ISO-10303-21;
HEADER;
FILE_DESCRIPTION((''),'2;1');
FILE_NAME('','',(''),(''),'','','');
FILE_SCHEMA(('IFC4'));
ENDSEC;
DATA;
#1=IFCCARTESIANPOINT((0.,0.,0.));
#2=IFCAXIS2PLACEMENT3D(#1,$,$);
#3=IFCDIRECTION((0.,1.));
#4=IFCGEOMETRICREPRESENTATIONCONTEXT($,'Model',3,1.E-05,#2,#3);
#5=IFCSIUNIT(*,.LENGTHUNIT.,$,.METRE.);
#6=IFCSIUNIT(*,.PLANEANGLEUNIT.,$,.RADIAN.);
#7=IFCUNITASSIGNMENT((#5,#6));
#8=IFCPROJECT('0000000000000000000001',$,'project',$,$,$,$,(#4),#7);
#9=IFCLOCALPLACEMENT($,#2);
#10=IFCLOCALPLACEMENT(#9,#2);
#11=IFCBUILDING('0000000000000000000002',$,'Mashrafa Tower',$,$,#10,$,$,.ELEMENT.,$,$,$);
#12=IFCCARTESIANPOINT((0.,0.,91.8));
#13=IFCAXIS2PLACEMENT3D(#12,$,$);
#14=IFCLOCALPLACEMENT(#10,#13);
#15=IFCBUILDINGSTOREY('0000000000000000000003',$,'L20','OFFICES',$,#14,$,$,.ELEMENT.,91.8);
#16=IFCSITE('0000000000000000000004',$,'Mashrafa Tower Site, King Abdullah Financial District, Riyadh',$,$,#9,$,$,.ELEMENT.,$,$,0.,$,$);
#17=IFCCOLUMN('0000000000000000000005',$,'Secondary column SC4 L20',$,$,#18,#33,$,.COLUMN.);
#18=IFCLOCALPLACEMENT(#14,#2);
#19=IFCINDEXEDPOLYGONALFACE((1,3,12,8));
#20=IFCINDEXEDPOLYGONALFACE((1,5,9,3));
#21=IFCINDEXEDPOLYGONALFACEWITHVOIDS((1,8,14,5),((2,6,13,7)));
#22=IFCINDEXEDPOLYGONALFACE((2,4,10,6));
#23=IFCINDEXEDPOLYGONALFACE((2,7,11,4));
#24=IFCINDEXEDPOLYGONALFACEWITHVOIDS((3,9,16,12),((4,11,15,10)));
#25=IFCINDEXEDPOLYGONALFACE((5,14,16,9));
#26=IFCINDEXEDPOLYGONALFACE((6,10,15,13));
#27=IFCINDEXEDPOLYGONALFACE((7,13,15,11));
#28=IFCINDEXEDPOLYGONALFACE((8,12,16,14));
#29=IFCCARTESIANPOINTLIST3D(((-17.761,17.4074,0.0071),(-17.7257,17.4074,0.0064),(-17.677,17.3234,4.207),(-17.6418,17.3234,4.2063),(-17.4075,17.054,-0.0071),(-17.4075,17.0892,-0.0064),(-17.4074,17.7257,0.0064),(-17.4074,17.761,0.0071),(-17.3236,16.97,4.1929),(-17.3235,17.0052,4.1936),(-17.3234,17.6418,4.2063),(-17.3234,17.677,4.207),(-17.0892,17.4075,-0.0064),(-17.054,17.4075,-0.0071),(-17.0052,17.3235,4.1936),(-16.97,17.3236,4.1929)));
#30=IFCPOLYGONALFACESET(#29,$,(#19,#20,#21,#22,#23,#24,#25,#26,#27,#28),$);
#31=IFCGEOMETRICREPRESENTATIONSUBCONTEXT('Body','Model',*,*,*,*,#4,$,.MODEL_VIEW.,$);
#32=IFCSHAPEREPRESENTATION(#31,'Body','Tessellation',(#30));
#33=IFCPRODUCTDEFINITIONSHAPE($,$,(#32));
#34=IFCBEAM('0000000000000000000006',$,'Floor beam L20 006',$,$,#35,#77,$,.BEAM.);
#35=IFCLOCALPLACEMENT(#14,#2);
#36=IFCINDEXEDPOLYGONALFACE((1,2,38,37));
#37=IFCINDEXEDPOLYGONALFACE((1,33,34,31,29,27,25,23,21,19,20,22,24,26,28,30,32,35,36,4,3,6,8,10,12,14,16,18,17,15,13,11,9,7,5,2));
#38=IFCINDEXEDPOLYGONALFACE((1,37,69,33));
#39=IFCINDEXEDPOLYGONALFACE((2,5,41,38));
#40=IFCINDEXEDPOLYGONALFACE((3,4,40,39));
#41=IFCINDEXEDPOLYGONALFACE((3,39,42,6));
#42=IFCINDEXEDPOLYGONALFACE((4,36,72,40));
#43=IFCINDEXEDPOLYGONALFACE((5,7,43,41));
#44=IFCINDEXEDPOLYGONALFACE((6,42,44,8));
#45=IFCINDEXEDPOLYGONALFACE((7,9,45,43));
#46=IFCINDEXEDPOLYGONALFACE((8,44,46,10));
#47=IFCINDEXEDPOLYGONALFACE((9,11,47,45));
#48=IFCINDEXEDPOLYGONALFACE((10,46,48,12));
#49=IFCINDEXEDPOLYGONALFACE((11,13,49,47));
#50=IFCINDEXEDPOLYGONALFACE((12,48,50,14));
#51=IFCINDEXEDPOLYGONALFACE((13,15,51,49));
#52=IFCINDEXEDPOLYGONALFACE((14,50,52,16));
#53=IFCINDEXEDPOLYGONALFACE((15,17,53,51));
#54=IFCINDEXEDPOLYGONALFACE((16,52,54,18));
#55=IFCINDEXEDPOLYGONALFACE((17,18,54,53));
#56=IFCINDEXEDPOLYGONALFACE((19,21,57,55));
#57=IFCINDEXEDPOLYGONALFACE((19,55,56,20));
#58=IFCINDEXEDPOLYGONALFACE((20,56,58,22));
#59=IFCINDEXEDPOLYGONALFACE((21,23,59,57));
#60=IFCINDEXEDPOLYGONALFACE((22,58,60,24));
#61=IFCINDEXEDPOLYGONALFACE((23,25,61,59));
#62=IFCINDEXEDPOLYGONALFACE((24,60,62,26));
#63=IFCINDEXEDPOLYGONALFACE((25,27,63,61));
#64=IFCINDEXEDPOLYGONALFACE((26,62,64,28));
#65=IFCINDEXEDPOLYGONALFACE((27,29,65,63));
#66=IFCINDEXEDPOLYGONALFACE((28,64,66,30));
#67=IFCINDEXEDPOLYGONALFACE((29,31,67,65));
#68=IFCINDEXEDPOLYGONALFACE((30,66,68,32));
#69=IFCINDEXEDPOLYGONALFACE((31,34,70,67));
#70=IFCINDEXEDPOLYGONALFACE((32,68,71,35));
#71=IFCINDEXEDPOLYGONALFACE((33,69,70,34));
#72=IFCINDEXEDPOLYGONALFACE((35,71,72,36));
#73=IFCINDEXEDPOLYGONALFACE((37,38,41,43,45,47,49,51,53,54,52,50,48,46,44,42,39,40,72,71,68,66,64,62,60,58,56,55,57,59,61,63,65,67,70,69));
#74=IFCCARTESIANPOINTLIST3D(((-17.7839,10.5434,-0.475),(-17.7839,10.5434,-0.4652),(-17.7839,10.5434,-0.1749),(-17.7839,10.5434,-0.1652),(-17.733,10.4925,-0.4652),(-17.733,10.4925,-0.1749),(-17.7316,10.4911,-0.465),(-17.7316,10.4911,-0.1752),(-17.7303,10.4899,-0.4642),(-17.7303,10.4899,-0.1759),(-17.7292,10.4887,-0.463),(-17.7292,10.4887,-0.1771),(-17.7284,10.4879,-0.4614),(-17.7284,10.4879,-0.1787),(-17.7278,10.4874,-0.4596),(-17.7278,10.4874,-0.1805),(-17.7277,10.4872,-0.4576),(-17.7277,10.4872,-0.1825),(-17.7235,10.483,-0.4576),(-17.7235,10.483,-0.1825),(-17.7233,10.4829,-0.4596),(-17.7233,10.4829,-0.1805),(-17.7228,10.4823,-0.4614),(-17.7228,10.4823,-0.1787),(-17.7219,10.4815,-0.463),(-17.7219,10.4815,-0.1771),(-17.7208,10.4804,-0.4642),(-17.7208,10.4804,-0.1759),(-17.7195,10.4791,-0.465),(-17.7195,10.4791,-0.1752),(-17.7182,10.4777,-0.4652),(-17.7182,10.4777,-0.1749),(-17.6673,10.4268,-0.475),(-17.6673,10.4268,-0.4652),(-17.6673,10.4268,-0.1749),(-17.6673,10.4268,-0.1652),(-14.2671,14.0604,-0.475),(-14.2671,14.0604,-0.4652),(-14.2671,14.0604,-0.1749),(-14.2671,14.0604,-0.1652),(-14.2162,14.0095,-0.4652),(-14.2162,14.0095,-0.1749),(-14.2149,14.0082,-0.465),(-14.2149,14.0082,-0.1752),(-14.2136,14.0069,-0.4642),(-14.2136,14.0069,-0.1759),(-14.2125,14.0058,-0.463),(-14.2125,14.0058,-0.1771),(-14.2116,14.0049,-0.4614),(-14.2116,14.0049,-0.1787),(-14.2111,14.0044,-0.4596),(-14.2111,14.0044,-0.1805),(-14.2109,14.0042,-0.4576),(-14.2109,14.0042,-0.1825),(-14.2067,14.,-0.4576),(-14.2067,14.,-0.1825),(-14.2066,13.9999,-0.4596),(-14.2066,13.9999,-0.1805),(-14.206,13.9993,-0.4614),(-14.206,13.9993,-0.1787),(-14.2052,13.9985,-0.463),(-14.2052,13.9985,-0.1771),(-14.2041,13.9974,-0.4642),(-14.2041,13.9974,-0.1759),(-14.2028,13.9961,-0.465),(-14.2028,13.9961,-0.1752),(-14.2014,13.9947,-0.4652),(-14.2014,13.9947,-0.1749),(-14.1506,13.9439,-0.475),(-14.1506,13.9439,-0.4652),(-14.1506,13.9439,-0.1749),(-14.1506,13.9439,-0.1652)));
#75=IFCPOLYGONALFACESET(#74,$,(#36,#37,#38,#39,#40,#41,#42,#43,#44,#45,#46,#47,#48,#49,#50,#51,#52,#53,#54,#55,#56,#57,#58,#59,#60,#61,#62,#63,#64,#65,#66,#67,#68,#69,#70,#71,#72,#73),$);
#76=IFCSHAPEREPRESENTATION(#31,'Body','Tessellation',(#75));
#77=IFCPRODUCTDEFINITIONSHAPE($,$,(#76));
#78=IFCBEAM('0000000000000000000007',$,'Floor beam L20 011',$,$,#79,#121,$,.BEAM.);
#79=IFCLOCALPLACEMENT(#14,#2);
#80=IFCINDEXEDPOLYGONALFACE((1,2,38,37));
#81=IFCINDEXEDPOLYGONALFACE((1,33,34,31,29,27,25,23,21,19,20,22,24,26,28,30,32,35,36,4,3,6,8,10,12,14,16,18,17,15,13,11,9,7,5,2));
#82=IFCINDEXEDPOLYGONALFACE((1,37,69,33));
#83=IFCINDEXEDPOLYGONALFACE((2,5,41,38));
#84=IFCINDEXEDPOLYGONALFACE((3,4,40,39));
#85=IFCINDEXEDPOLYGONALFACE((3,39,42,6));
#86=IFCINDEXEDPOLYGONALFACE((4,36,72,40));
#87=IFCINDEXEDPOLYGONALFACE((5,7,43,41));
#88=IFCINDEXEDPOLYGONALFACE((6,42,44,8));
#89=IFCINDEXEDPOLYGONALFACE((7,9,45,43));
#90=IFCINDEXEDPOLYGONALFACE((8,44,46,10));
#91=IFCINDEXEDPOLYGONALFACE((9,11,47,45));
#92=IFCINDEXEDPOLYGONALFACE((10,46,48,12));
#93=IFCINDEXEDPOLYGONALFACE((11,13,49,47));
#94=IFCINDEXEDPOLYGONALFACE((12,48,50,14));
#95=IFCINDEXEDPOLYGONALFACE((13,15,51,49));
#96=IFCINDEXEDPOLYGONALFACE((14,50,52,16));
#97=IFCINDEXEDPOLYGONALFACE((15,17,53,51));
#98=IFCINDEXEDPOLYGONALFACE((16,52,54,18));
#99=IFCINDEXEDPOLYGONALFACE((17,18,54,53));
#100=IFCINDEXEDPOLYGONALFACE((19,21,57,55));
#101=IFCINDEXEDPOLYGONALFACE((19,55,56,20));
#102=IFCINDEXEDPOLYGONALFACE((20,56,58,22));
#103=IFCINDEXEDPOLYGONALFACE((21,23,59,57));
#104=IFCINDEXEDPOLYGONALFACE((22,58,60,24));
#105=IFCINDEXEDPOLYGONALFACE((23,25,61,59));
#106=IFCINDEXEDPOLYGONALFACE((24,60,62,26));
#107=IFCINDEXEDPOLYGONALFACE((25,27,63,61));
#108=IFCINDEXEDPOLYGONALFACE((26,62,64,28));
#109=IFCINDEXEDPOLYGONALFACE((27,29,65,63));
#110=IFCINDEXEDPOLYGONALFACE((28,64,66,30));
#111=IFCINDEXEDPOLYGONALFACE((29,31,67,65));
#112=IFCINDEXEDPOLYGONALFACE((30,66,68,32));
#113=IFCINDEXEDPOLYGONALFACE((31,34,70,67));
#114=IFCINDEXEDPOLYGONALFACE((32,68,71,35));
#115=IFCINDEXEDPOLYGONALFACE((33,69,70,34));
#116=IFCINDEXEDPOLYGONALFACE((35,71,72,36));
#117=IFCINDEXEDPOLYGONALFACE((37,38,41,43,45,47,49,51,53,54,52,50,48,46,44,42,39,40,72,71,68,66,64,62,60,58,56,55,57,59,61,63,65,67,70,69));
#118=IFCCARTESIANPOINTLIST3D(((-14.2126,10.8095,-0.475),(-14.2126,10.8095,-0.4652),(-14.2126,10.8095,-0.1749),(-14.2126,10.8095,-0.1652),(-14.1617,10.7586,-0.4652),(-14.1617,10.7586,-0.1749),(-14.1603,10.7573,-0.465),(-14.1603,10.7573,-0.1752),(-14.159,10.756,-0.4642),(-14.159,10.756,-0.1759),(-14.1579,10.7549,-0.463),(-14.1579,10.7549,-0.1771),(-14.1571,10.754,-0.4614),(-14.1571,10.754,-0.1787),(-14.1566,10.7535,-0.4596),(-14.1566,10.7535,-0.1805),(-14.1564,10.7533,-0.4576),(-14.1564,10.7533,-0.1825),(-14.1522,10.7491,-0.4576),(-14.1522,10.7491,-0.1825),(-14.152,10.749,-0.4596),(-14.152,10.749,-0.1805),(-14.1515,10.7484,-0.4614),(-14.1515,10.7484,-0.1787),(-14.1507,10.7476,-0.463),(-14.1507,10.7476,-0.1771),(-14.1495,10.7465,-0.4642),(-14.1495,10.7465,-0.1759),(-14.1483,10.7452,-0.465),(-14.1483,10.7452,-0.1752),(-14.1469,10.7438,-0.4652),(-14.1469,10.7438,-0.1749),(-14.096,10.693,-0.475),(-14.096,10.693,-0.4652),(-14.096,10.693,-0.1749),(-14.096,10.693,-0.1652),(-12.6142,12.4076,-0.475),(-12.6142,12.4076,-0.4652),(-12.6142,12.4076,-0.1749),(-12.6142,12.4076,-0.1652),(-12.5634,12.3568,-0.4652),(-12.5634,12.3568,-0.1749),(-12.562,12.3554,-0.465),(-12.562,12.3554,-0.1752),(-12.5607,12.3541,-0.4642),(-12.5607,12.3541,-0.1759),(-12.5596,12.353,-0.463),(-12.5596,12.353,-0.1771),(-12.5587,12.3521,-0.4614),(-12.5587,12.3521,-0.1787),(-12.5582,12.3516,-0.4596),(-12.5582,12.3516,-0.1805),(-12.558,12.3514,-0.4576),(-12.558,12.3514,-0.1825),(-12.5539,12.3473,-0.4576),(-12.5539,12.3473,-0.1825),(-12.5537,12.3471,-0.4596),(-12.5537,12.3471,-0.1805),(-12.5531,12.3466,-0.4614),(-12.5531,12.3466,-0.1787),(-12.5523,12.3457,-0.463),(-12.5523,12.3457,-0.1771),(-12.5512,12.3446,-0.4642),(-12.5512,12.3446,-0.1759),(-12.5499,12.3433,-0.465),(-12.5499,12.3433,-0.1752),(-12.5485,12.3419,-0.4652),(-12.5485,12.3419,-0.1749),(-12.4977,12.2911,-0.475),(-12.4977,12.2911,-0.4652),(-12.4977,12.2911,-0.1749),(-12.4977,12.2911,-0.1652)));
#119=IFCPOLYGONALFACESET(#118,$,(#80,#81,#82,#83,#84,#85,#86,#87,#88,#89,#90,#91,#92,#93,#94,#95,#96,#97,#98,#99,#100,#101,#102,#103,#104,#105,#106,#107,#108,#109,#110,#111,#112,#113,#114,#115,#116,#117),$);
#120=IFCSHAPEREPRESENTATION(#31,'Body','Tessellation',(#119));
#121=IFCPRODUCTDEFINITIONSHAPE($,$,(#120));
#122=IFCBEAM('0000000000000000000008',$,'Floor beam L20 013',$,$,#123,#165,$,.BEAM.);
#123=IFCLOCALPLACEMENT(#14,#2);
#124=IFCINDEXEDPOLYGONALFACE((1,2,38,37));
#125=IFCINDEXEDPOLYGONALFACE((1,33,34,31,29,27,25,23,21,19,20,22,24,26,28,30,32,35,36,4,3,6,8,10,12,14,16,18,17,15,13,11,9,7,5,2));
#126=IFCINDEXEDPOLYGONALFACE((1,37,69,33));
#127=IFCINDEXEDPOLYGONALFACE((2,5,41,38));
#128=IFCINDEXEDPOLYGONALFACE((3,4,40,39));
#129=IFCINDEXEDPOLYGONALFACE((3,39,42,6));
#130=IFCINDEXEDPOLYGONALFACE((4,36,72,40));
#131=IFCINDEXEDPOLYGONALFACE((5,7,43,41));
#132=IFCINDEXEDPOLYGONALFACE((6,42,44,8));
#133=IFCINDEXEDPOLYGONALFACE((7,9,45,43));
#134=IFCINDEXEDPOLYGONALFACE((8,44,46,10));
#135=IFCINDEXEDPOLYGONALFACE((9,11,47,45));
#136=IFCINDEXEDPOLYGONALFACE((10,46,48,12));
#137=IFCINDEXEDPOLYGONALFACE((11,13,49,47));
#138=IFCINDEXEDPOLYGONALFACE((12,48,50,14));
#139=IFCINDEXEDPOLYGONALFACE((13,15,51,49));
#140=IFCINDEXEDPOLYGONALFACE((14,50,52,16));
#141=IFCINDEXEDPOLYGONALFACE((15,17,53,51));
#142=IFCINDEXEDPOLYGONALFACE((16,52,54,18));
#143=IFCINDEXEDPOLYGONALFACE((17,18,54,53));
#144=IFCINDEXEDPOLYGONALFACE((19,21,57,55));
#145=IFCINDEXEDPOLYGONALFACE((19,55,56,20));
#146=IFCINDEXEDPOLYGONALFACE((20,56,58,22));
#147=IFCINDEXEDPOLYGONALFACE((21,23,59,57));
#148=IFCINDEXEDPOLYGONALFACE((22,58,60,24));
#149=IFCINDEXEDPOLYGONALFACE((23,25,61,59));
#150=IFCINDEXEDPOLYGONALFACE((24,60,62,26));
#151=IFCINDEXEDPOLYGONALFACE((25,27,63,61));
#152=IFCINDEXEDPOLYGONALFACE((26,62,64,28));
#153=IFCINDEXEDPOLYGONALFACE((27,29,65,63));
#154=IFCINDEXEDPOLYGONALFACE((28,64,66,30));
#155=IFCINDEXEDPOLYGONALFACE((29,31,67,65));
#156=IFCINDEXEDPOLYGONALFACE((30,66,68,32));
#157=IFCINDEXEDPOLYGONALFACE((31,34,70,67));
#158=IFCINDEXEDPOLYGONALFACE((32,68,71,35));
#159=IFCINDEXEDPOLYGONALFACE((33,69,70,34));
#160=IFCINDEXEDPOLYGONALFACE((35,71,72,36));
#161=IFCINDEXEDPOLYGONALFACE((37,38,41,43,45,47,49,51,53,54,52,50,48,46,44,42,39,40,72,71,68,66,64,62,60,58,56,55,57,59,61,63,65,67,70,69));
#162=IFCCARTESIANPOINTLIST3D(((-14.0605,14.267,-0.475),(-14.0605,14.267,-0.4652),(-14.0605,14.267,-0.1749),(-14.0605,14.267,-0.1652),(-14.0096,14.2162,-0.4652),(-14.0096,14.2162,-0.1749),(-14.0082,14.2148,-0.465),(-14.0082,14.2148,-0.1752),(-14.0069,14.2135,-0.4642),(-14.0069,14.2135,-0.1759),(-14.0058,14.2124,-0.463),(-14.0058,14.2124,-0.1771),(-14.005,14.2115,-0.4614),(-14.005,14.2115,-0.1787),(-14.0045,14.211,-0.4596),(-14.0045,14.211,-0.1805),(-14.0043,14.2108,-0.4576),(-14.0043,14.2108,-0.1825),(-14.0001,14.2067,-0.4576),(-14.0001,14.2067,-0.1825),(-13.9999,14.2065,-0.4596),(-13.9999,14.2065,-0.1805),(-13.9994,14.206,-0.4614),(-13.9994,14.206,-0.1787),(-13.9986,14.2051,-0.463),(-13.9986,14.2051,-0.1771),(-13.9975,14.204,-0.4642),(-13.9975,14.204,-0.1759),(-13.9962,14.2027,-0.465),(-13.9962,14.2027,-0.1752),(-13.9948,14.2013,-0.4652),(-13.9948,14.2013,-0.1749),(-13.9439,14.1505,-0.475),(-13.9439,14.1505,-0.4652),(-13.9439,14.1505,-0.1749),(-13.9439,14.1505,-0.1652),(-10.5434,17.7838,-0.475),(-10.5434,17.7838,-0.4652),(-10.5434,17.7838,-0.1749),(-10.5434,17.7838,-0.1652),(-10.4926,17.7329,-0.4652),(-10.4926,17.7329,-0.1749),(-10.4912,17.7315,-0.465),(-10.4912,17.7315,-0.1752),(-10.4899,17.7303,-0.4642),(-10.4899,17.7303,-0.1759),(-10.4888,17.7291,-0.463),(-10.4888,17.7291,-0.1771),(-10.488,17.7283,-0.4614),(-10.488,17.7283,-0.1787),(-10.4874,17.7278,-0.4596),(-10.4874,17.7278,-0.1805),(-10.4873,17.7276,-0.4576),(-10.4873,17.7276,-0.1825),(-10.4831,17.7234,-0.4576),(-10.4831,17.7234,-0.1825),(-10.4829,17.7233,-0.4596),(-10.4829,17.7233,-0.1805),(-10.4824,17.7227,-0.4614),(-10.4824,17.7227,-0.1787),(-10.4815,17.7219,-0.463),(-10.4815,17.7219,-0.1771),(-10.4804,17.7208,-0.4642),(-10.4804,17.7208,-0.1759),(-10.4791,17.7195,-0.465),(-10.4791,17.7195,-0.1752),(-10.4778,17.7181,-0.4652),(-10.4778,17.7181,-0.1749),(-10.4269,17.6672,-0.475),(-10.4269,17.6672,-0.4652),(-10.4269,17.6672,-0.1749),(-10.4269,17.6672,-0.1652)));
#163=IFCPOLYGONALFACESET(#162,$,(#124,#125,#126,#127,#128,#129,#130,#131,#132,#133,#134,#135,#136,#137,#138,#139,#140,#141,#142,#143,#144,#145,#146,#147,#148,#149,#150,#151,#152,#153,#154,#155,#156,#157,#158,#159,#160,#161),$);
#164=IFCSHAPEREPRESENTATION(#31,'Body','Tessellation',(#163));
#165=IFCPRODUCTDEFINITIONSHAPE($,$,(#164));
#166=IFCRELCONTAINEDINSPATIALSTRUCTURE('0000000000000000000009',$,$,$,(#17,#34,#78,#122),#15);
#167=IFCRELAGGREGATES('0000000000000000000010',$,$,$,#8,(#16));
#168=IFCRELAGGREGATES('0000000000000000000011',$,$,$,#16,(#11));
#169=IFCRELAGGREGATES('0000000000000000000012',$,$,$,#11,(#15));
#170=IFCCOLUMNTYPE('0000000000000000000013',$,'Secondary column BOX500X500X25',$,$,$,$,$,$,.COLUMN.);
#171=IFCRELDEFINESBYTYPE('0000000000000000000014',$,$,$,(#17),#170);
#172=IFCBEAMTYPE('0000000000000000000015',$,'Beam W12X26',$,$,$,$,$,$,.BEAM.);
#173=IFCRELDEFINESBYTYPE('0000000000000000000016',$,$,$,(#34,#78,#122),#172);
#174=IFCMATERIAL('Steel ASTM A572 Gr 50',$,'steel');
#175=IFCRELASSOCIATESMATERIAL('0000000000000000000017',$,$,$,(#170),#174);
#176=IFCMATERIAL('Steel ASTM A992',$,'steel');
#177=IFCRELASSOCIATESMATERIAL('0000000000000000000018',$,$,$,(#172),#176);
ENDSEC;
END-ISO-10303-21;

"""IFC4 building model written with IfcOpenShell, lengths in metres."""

from ifc_helpers import new_model, si_unit, direction, frame, origin, origin_2d, place, context, subcontext, project, spatial, hollow_rectangle, i_section, extrude, material, material_profile, profile_set, type_object, element, save


model = new_model("IFC4")

# Units and contexts
model_context = context("Model", 3, precision=1e-05, world=origin(), true_north=direction((0.0, 1.0)))
body_context = subcontext(model_context, "Body", "Model", "MODEL_VIEW")
ifc_project = project(units=[si_unit("LENGTHUNIT", "METRE"), si_unit("PLANEANGLEUNIT", "RADIAN")], contexts=[model_context])

# Site, building, storey
site_placement = place(None, origin())
site = spatial("IfcSite", under=ifc_project, at=site_placement, Name="Mashrafa Tower Site, King Abdullah Financial District, Riyadh", CompositionType="ELEMENT", RefElevation=0.0)
building_placement = place(site_placement, origin())
building = spatial("IfcBuilding", under=site, at=building_placement, Name="Mashrafa Tower", CompositionType="ELEMENT")
storey_placement = place(building_placement, frame((0.0, 0.0, 91.8)))
storey = spatial("IfcBuildingStorey", under=building, at=storey_placement, Name="L20", Description="OFFICES", CompositionType="ELEMENT", Elevation=91.8)

# Column
ifc_material_1 = material(Name="Steel ASTM A572 Gr 50", Category="steel")
ifc_material_profile_1 = material_profile(ifc_material_1, hollow_rectangle(XDim=0.5, YDim=0.5, WallThickness=0.0249, at=origin_2d()), Name="BOX500X500X25")
ifc_profile_set_1 = profile_set([ifc_material_profile_1], Name="Steel ASTM A572 Gr 50")
column_type = type_object("IfcColumnType", Name="Secondary column BOX500X500X25", PredefinedType="COLUMN", material=ifc_profile_set_1)
column_placement = place(storey_placement, frame((-17.4075, 17.4075, 0.0), z_axis=(0.019989, -0.019989, 0.9996), x_axis=(0.707107, 0.707107, 0.0)))
element("IfcColumn", 1, at=column_placement, inside=storey, type_object=column_type, Name="Secondary column SC4 L20", PredefinedType="COLUMN", context=body_context, shape_type="SweptSolid", body=[
    extrude(hollow_rectangle(XDim=0.5, YDim=0.5, WallThickness=0.0249, at=origin_2d()), origin(), (0.0, 0.0, 1.0), 4.2017),
])

# Beams
ifc_material_2 = material(Name="Steel ASTM A992", Category="steel")
ifc_material_profile_2 = material_profile(ifc_material_2, i_section(OverallWidth=0.1648, OverallDepth=0.3098, WebThickness=0.0059, FlangeThickness=0.0098, FilletRadius=0.0076, at=origin_2d()), Name="W12X26")
ifc_profile_set_2 = profile_set([ifc_material_profile_2], Name="Steel ASTM A992")
beam_type_1 = type_object("IfcBeamType", Name="Beam W12X26", PredefinedType="BEAM", material=ifc_profile_set_2)
beam_1_placement = place(storey_placement, frame((-17.7256, 10.4851, -0.3201), z_axis=(0.707082, 0.707131, 0.0), x_axis=(-0.707131, 0.707082, 0.0)))
element("IfcBeam", 2, at=beam_1_placement, inside=storey, type_object=beam_type_1, Name="Floor beam L20 006", PredefinedType="BEAM", context=body_context, shape_type="SweptSolid", body=[
    extrude(i_section(OverallWidth=0.1648, OverallDepth=0.3098, WebThickness=0.0059, FlangeThickness=0.0098, FilletRadius=0.0076, at=origin_2d()), origin(), (0.0, 0.0, 1.0), 4.9736),
])
beam_2_placement = place(storey_placement, frame((-14.1543, 10.7512, -0.3201), z_axis=(0.707161, 0.707053, 0.0), x_axis=(-0.707053, 0.707161, 0.0)))
element("IfcBeam", 3, at=beam_2_placement, inside=storey, type_object=beam_type_1, Name="Floor beam L20 011", PredefinedType="BEAM", context=body_context, shape_type="SweptSolid", body=[
    extrude(i_section(OverallWidth=0.1648, OverallDepth=0.3098, WebThickness=0.0059, FlangeThickness=0.0098, FilletRadius=0.0076, at=origin_2d()), origin(), (0.0, 0.0, 1.0), 2.2603),
])
beam_3_placement = place(storey_placement, frame((-14.0022, 14.2087, -0.3201), z_axis=(0.707131, 0.707082, 0.0), x_axis=(-0.707082, 0.707131, 0.0)))
element("IfcBeam", 4, at=beam_3_placement, inside=storey, type_object=beam_type_1, Name="Floor beam L20 013", PredefinedType="BEAM", context=body_context, shape_type="SweptSolid", body=[
    extrude(i_section(OverallWidth=0.1648, OverallDepth=0.3098, WebThickness=0.0059, FlangeThickness=0.0098, FilletRadius=0.0076, at=origin_2d()), origin(), (0.0, 0.0, 1.0), 4.9736),
])

save(model, "model.ifc")
